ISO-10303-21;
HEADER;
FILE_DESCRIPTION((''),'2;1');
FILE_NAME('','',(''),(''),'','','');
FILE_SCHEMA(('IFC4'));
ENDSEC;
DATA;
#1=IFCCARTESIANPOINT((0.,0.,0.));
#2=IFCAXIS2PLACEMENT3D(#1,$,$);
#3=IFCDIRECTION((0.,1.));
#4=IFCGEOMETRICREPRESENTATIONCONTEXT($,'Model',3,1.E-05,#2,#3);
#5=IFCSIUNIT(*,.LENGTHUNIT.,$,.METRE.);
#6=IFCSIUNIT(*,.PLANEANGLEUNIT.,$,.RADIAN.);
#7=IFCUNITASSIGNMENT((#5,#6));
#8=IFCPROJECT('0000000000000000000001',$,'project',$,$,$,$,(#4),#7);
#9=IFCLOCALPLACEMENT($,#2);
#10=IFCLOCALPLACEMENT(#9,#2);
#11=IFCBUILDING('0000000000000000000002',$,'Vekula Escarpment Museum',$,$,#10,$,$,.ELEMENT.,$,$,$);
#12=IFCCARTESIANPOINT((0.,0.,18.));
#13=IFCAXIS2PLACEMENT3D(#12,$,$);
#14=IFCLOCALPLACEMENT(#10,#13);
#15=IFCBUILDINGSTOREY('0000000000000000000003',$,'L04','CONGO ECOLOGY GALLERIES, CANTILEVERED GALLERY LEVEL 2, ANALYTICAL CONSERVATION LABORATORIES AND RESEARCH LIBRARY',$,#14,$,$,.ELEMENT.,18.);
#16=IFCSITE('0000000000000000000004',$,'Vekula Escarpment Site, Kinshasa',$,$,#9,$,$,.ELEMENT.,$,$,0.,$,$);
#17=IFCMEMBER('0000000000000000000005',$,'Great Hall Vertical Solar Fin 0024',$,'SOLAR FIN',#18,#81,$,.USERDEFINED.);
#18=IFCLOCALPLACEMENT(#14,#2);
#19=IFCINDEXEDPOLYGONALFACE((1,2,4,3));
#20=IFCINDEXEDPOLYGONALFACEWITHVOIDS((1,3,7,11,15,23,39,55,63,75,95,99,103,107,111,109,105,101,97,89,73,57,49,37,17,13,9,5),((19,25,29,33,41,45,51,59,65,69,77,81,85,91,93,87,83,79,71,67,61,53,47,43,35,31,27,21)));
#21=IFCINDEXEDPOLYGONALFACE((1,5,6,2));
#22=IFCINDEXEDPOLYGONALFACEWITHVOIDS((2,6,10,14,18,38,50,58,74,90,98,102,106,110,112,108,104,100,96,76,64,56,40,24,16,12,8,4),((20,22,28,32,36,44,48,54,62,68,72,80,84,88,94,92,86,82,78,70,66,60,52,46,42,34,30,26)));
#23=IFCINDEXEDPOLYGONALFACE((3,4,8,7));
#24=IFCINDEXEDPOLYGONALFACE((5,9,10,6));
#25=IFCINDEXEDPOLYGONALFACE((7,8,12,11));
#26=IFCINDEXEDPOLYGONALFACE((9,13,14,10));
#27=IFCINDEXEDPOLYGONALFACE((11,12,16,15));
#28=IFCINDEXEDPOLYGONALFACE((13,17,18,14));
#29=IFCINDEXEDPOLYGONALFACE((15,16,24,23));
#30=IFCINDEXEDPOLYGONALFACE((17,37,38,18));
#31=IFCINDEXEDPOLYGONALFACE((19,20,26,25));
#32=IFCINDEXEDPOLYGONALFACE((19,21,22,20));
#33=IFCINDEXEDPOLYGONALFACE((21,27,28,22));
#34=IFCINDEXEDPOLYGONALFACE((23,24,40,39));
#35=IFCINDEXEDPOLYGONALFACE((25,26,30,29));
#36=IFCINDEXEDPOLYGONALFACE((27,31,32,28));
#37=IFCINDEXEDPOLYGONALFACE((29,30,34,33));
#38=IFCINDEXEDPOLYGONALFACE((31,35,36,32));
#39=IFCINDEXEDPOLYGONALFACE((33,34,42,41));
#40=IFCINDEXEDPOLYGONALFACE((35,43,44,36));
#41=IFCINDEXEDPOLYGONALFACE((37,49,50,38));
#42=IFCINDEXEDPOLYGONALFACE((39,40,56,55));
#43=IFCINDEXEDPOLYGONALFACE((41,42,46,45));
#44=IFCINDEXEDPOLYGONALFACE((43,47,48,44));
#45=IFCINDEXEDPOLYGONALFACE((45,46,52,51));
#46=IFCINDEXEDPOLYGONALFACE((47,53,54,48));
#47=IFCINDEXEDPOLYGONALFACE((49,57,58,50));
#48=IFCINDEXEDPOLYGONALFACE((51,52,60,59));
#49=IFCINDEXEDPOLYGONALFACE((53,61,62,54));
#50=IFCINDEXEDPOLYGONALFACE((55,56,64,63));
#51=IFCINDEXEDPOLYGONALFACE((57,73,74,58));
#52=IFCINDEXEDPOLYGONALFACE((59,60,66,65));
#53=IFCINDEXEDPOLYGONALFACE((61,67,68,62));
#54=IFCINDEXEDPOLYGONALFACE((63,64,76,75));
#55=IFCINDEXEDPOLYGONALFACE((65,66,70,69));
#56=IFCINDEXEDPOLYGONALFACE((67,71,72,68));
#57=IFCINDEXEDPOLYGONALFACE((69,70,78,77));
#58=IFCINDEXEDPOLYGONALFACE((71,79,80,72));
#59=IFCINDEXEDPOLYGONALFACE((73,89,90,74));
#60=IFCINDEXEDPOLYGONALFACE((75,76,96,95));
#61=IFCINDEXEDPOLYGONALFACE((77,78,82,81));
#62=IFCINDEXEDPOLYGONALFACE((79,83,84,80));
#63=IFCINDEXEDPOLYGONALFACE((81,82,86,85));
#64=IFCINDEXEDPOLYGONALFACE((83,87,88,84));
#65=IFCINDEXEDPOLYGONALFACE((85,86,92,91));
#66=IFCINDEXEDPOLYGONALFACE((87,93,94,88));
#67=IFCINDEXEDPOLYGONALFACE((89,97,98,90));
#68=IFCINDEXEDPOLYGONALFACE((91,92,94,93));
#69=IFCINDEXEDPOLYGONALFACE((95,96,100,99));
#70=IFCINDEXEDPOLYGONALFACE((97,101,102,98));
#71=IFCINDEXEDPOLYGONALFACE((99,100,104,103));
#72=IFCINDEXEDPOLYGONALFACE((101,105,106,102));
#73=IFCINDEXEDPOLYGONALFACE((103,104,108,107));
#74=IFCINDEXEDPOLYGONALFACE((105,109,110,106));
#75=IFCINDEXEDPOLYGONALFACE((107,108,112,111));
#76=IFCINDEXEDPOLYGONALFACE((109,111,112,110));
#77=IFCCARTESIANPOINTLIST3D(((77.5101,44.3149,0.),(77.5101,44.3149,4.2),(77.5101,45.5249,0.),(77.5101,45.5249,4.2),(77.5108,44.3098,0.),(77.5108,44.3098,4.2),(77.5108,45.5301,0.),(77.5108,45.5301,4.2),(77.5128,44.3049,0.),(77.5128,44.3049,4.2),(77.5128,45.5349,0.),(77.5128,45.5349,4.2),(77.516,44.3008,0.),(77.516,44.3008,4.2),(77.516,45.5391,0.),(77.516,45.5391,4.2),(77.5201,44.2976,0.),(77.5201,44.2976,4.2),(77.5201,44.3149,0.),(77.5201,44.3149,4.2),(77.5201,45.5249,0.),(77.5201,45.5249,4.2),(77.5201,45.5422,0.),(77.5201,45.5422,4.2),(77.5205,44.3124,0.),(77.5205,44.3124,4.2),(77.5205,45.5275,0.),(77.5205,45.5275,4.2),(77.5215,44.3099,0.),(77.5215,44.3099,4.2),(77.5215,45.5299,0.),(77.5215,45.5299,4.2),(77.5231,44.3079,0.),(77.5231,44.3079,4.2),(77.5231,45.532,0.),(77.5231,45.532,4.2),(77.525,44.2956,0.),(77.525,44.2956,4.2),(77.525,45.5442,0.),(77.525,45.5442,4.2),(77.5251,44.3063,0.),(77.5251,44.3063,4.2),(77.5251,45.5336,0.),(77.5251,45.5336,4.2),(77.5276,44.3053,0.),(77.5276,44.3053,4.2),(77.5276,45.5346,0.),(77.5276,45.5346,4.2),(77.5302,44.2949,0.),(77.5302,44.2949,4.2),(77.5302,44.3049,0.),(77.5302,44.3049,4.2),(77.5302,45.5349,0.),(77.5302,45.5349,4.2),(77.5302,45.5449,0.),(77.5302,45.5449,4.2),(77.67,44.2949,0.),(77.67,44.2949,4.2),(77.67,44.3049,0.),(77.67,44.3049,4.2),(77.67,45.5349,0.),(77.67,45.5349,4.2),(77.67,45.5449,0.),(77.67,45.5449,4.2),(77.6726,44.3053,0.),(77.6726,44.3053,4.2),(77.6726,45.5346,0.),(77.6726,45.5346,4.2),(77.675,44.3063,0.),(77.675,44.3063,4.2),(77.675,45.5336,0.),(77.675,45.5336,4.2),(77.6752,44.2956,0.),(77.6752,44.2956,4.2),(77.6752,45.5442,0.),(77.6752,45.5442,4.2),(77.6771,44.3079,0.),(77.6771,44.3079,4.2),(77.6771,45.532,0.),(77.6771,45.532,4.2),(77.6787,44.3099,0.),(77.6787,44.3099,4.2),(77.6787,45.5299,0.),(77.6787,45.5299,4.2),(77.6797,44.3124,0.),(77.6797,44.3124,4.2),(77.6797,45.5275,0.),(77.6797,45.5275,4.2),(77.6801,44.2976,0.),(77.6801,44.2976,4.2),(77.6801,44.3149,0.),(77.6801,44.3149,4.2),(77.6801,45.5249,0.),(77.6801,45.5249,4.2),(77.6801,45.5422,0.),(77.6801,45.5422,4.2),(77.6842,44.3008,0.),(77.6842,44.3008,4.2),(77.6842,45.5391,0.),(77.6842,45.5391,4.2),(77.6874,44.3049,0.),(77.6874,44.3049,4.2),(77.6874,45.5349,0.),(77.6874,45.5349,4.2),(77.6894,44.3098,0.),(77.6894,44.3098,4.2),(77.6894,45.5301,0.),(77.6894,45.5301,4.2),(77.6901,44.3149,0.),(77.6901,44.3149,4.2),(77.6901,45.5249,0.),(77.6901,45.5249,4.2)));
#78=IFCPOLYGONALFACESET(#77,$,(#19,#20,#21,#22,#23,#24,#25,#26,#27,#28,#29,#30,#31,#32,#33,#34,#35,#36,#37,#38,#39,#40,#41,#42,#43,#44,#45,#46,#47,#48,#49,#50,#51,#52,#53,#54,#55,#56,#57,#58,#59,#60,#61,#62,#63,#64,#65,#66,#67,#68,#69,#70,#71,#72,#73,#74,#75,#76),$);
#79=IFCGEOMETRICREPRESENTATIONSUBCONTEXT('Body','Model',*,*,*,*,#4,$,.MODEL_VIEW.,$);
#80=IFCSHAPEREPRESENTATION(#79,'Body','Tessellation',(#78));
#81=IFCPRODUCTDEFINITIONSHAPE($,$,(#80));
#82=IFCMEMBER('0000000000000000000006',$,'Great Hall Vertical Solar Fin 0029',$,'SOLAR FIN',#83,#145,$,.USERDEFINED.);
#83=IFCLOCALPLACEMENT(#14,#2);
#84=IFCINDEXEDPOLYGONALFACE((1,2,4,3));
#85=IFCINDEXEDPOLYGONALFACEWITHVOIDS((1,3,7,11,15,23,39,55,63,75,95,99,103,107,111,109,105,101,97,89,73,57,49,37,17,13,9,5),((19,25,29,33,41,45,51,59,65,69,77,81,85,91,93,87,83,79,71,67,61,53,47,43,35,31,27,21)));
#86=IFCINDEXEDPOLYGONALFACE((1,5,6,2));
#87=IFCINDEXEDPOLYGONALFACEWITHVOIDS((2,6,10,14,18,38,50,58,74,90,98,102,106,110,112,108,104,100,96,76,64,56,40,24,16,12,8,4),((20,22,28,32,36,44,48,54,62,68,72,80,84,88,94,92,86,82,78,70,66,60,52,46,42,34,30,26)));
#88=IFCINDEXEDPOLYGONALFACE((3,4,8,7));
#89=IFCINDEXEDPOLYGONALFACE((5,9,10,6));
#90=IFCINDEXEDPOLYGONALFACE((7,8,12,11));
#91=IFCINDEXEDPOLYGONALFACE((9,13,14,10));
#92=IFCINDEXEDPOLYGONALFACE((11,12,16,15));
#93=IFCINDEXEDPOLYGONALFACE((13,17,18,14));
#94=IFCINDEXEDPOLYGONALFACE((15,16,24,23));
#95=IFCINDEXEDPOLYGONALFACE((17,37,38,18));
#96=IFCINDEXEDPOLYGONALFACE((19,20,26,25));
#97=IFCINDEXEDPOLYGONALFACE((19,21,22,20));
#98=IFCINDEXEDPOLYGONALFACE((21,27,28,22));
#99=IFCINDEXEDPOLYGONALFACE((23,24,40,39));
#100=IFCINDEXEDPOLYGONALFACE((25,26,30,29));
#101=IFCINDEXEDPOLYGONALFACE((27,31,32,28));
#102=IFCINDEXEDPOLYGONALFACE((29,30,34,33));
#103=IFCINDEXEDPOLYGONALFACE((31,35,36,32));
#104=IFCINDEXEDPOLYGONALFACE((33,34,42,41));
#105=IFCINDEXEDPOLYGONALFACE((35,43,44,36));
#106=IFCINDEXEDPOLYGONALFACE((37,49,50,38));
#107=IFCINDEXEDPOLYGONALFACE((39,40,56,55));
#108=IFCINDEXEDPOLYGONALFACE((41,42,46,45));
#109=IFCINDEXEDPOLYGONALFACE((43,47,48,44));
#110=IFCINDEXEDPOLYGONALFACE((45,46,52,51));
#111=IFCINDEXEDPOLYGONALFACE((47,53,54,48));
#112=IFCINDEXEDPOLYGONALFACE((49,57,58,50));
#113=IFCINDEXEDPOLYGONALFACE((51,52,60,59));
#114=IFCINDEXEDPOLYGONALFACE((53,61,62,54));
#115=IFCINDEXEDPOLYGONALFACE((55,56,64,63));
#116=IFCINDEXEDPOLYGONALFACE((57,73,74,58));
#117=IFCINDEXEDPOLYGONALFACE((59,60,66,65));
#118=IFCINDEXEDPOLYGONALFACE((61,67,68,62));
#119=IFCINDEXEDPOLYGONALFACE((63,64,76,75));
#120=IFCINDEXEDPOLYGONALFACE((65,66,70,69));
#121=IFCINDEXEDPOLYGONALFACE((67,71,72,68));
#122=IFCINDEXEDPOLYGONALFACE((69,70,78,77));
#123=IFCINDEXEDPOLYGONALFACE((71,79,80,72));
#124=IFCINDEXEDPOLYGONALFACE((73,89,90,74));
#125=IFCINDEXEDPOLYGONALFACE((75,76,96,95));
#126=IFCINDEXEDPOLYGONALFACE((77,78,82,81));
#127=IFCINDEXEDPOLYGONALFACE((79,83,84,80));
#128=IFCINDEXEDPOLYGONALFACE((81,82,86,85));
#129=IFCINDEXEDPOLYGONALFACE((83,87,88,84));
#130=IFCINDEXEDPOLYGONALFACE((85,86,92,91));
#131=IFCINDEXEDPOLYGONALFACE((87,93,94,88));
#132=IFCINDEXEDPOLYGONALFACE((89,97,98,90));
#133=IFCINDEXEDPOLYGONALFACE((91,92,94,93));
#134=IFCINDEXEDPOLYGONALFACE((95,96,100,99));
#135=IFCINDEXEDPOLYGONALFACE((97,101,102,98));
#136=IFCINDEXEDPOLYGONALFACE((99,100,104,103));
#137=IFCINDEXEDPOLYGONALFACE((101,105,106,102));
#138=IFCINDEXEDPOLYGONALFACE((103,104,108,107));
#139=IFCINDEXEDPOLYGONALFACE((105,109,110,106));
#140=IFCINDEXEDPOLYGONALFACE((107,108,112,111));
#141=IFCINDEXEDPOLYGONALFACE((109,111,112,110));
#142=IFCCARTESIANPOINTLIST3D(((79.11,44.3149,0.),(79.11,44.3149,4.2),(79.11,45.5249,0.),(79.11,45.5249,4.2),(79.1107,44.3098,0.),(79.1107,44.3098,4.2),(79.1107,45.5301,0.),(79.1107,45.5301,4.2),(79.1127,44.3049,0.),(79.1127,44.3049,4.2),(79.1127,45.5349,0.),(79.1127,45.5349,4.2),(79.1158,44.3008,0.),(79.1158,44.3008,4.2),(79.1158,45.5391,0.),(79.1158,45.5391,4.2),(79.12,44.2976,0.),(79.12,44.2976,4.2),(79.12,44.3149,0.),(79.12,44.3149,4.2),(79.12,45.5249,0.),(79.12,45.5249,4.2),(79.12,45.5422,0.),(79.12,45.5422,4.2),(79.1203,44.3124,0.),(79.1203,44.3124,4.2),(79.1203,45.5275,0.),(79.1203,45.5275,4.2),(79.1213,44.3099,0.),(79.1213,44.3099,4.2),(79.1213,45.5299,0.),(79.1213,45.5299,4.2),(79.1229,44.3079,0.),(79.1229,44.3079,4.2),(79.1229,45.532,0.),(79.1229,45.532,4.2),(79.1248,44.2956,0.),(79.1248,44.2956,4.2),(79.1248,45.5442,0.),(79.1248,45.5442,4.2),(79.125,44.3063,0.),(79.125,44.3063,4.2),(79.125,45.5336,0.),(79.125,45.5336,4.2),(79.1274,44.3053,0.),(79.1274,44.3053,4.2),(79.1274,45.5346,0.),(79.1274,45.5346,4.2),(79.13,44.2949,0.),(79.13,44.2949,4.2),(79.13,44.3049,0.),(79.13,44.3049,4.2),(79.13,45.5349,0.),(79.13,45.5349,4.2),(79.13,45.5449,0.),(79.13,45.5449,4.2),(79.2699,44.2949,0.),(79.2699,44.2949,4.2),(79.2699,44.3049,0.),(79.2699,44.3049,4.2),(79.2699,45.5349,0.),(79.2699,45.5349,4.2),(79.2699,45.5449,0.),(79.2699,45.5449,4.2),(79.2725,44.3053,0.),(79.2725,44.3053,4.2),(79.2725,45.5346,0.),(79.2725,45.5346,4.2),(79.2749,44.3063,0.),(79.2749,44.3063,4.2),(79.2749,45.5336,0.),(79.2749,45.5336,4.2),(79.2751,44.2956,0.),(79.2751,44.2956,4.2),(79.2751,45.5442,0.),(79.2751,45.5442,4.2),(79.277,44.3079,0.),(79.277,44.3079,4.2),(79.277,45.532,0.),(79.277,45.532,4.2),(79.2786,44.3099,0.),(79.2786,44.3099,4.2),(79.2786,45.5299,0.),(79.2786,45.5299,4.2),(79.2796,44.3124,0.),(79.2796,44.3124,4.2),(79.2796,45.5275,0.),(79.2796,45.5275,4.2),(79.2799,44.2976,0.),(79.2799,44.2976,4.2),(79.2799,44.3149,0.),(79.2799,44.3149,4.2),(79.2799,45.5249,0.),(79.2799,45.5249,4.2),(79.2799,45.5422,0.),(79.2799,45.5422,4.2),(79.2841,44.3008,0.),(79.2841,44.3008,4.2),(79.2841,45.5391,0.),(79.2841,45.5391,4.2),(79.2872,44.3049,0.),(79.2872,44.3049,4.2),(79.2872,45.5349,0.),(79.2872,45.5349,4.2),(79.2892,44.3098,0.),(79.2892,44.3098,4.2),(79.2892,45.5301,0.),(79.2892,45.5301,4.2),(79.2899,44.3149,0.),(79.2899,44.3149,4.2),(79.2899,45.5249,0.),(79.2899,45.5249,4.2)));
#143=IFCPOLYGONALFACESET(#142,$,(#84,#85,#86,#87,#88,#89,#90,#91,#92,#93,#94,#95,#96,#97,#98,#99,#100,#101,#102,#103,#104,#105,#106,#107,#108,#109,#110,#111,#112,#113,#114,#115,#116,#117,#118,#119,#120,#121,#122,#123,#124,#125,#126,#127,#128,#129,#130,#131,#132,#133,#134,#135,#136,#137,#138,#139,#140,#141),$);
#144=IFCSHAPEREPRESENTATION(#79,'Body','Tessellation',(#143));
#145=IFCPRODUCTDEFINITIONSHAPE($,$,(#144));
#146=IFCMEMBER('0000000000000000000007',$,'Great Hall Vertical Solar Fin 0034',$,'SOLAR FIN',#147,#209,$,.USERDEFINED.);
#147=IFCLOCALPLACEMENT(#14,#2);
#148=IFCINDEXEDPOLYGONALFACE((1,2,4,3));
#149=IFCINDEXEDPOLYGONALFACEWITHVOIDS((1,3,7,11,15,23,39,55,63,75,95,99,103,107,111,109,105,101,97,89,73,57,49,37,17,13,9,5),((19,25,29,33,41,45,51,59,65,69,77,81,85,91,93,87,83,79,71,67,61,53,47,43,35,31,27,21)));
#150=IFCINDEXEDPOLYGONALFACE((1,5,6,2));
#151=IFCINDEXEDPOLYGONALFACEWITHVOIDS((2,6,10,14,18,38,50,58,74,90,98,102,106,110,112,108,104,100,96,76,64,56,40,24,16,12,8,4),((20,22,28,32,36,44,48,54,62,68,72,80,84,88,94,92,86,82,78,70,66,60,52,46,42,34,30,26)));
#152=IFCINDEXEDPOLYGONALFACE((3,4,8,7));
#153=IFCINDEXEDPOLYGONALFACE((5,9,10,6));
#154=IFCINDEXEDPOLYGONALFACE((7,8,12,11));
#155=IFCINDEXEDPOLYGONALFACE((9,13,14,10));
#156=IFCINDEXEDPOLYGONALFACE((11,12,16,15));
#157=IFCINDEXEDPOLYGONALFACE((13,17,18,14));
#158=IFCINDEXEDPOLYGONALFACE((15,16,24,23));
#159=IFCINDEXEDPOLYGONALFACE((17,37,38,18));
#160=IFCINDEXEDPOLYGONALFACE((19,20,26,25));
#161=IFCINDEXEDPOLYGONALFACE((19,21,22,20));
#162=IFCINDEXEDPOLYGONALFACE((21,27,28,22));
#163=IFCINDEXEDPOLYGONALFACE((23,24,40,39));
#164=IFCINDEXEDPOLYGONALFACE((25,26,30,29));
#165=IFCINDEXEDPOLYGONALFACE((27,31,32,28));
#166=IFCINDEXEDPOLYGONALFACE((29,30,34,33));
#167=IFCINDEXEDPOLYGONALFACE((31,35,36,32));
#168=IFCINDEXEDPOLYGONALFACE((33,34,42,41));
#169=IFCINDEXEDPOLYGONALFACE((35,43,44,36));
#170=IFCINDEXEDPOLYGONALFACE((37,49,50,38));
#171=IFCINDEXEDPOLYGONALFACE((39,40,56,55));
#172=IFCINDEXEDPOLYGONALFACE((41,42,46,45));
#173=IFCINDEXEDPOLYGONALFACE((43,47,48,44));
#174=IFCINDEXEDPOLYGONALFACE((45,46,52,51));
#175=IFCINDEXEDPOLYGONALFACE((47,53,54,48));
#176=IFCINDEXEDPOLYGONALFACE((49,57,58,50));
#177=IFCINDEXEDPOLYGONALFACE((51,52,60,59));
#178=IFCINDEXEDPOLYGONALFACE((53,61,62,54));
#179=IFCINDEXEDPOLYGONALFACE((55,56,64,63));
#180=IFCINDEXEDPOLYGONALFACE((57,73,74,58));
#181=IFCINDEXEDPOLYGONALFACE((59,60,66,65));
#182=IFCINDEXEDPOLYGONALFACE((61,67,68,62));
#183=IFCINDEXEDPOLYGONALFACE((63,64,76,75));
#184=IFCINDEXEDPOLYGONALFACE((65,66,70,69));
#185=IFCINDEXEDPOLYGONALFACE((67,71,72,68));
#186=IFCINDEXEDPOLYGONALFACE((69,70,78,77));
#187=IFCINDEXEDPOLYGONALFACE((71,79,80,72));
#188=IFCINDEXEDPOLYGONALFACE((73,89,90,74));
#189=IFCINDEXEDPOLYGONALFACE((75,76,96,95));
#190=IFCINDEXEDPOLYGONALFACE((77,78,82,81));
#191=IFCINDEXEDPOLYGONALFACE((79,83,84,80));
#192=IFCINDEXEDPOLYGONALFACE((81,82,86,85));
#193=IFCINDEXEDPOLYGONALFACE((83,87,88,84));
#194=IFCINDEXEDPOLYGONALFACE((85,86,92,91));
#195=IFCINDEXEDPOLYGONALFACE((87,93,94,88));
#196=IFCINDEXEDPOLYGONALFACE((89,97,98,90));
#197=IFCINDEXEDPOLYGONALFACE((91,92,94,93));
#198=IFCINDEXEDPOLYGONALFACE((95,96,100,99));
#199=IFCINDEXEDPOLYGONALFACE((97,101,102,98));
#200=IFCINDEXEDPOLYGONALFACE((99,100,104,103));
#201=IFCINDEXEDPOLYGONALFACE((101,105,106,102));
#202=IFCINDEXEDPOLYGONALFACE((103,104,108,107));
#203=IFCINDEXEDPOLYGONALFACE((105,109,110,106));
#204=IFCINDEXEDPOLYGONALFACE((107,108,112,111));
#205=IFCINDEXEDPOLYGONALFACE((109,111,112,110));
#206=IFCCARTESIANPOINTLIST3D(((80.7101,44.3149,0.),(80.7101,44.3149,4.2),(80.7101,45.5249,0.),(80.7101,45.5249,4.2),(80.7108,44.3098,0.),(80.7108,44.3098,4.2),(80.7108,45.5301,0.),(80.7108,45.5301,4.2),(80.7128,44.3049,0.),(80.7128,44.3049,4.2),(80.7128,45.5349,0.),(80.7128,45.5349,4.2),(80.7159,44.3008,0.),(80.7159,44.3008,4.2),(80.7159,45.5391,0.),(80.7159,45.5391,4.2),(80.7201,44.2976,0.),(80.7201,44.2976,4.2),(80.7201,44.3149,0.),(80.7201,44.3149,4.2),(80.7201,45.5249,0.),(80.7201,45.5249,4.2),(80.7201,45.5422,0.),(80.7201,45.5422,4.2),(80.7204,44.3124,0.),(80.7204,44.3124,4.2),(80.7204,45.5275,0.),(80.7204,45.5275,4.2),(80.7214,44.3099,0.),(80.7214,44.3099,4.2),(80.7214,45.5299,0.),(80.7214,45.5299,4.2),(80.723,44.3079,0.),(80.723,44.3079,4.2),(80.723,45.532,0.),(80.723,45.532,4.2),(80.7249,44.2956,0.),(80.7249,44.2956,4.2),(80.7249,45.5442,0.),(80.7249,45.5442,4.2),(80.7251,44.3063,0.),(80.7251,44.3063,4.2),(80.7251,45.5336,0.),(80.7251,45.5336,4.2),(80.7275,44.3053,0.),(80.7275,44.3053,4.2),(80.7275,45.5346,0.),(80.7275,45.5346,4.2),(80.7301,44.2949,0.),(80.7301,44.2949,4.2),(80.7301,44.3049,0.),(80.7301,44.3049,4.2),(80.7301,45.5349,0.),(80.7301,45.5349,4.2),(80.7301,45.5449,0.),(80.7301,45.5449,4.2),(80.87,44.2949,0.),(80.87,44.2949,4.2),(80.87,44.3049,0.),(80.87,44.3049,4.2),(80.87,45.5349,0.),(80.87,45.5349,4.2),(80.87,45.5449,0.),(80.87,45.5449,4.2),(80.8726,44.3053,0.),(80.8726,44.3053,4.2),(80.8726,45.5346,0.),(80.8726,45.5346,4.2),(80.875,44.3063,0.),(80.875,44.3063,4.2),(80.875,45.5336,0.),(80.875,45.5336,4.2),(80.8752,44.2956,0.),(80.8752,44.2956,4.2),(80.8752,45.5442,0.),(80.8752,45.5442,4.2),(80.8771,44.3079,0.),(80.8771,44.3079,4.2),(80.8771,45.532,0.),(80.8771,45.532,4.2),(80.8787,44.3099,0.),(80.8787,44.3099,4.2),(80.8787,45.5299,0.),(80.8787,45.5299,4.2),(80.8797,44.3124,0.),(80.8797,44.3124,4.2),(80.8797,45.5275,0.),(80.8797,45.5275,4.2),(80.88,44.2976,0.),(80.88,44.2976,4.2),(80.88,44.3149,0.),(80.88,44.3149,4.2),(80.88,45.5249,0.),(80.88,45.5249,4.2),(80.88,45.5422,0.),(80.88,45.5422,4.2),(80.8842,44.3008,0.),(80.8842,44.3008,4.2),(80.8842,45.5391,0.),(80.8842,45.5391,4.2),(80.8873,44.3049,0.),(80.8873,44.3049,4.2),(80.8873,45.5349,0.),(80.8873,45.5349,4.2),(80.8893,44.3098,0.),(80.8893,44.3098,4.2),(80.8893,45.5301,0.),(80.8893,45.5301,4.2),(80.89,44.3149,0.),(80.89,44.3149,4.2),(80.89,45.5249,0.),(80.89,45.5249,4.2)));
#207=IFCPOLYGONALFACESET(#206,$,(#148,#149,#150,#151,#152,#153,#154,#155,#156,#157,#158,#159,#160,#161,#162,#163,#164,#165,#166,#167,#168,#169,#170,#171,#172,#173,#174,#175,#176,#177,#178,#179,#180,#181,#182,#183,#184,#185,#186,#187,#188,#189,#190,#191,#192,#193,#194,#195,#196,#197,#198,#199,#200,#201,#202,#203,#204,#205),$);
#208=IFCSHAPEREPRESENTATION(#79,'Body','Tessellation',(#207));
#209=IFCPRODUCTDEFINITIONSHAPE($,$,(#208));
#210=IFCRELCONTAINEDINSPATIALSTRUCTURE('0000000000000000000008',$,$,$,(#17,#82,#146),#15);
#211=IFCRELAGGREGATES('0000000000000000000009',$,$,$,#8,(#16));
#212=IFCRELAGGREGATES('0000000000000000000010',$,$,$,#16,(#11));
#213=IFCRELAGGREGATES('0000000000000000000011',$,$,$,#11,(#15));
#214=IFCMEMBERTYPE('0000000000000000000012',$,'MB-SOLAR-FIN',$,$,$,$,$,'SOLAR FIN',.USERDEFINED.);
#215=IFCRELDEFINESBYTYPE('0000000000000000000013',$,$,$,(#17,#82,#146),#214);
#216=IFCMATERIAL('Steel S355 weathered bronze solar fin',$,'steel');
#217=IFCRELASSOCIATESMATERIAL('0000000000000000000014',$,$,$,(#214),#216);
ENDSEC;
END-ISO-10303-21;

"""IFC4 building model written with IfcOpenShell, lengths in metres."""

from ifc_helpers import new_model, si_unit, direction, frame, origin, origin_2d, place, context, subcontext, project, spatial, hollow_rectangle, extrude, material, material_profile, profile_set, type_object, element, save


model = new_model("IFC4")

# Units and contexts
model_context = context("Model", 3, precision=1e-05, world=origin(), true_north=direction((0.0, 1.0)))
body_context = subcontext(model_context, "Body", "Model", "MODEL_VIEW")
ifc_project = project(units=[si_unit("LENGTHUNIT", "METRE"), si_unit("PLANEANGLEUNIT", "RADIAN")], contexts=[model_context])

# Site, building, storey
site_placement = place(None, origin())
site = spatial("IfcSite", under=ifc_project, at=site_placement, Name="Vekula Escarpment Site, Kinshasa", CompositionType="ELEMENT", RefElevation=0.0)
building_placement = place(site_placement, origin())
building = spatial("IfcBuilding", under=site, at=building_placement, Name="Vekula Escarpment Museum", CompositionType="ELEMENT")
storey_placement = place(building_placement, frame((0.0, 0.0, 18.0)))
storey = spatial("IfcBuildingStorey", under=building, at=storey_placement, Name="L04", Description="CONGO ECOLOGY GALLERIES, CANTILEVERED GALLERY LEVEL 2, ANALYTICAL CONSERVATION LABORATORIES AND RESEARCH LIBRARY", CompositionType="ELEMENT", Elevation=18.0)

# Members
ifc_material_1 = material(Name="Steel S355 weathered bronze solar fin", Category="steel")
ifc_material_profile_1 = material_profile(ifc_material_1, hollow_rectangle(XDim=0.1799, YDim=1.25, WallThickness=0.01, InnerFilletRadius=0.01, OuterFilletRadius=0.02, at=origin_2d()), Name="RHS 1250x180x10")
ifc_profile_set_1 = profile_set([ifc_material_profile_1], Name="Steel S355 weathered bronze solar fin")
member_type_1 = type_object("IfcMemberType", Name="MB-SOLAR-FIN", ElementType="SOLAR FIN", PredefinedType="USERDEFINED", material=ifc_profile_set_1)
for number, where, z_axis, x_axis, name in (
    (1, (77.6001, 44.9199, 0.0), (0.0, 0.0, 1.0), (1.0, 0.0, 0.0), "Great Hall Vertical Solar Fin 0024"),
    (2, (79.2, 44.9199, 0.0), (0.0, 0.0, 1.0), (1.0, 0.0, 0.0), "Great Hall Vertical Solar Fin 0029"),
    (3, (80.8, 44.9199, 0.0), (0.0, 0.0, 1.0), (1.0, 0.0, 0.0), "Great Hall Vertical Solar Fin 0034"),
):
    element("IfcMember", number, at=place(storey_placement, frame(where, z_axis=z_axis, x_axis=x_axis)), inside=storey, type_object=member_type_1, Name=name, ObjectType="SOLAR FIN", PredefinedType="USERDEFINED", context=body_context, shape_type="SweptSolid", body=[
        extrude(hollow_rectangle(XDim=0.1799, YDim=1.25, WallThickness=0.01, InnerFilletRadius=0.01, OuterFilletRadius=0.02, at=origin_2d()), origin(), (0.0, 0.0, 1.0), 4.2),
    ])

save(model, "model.ifc")
